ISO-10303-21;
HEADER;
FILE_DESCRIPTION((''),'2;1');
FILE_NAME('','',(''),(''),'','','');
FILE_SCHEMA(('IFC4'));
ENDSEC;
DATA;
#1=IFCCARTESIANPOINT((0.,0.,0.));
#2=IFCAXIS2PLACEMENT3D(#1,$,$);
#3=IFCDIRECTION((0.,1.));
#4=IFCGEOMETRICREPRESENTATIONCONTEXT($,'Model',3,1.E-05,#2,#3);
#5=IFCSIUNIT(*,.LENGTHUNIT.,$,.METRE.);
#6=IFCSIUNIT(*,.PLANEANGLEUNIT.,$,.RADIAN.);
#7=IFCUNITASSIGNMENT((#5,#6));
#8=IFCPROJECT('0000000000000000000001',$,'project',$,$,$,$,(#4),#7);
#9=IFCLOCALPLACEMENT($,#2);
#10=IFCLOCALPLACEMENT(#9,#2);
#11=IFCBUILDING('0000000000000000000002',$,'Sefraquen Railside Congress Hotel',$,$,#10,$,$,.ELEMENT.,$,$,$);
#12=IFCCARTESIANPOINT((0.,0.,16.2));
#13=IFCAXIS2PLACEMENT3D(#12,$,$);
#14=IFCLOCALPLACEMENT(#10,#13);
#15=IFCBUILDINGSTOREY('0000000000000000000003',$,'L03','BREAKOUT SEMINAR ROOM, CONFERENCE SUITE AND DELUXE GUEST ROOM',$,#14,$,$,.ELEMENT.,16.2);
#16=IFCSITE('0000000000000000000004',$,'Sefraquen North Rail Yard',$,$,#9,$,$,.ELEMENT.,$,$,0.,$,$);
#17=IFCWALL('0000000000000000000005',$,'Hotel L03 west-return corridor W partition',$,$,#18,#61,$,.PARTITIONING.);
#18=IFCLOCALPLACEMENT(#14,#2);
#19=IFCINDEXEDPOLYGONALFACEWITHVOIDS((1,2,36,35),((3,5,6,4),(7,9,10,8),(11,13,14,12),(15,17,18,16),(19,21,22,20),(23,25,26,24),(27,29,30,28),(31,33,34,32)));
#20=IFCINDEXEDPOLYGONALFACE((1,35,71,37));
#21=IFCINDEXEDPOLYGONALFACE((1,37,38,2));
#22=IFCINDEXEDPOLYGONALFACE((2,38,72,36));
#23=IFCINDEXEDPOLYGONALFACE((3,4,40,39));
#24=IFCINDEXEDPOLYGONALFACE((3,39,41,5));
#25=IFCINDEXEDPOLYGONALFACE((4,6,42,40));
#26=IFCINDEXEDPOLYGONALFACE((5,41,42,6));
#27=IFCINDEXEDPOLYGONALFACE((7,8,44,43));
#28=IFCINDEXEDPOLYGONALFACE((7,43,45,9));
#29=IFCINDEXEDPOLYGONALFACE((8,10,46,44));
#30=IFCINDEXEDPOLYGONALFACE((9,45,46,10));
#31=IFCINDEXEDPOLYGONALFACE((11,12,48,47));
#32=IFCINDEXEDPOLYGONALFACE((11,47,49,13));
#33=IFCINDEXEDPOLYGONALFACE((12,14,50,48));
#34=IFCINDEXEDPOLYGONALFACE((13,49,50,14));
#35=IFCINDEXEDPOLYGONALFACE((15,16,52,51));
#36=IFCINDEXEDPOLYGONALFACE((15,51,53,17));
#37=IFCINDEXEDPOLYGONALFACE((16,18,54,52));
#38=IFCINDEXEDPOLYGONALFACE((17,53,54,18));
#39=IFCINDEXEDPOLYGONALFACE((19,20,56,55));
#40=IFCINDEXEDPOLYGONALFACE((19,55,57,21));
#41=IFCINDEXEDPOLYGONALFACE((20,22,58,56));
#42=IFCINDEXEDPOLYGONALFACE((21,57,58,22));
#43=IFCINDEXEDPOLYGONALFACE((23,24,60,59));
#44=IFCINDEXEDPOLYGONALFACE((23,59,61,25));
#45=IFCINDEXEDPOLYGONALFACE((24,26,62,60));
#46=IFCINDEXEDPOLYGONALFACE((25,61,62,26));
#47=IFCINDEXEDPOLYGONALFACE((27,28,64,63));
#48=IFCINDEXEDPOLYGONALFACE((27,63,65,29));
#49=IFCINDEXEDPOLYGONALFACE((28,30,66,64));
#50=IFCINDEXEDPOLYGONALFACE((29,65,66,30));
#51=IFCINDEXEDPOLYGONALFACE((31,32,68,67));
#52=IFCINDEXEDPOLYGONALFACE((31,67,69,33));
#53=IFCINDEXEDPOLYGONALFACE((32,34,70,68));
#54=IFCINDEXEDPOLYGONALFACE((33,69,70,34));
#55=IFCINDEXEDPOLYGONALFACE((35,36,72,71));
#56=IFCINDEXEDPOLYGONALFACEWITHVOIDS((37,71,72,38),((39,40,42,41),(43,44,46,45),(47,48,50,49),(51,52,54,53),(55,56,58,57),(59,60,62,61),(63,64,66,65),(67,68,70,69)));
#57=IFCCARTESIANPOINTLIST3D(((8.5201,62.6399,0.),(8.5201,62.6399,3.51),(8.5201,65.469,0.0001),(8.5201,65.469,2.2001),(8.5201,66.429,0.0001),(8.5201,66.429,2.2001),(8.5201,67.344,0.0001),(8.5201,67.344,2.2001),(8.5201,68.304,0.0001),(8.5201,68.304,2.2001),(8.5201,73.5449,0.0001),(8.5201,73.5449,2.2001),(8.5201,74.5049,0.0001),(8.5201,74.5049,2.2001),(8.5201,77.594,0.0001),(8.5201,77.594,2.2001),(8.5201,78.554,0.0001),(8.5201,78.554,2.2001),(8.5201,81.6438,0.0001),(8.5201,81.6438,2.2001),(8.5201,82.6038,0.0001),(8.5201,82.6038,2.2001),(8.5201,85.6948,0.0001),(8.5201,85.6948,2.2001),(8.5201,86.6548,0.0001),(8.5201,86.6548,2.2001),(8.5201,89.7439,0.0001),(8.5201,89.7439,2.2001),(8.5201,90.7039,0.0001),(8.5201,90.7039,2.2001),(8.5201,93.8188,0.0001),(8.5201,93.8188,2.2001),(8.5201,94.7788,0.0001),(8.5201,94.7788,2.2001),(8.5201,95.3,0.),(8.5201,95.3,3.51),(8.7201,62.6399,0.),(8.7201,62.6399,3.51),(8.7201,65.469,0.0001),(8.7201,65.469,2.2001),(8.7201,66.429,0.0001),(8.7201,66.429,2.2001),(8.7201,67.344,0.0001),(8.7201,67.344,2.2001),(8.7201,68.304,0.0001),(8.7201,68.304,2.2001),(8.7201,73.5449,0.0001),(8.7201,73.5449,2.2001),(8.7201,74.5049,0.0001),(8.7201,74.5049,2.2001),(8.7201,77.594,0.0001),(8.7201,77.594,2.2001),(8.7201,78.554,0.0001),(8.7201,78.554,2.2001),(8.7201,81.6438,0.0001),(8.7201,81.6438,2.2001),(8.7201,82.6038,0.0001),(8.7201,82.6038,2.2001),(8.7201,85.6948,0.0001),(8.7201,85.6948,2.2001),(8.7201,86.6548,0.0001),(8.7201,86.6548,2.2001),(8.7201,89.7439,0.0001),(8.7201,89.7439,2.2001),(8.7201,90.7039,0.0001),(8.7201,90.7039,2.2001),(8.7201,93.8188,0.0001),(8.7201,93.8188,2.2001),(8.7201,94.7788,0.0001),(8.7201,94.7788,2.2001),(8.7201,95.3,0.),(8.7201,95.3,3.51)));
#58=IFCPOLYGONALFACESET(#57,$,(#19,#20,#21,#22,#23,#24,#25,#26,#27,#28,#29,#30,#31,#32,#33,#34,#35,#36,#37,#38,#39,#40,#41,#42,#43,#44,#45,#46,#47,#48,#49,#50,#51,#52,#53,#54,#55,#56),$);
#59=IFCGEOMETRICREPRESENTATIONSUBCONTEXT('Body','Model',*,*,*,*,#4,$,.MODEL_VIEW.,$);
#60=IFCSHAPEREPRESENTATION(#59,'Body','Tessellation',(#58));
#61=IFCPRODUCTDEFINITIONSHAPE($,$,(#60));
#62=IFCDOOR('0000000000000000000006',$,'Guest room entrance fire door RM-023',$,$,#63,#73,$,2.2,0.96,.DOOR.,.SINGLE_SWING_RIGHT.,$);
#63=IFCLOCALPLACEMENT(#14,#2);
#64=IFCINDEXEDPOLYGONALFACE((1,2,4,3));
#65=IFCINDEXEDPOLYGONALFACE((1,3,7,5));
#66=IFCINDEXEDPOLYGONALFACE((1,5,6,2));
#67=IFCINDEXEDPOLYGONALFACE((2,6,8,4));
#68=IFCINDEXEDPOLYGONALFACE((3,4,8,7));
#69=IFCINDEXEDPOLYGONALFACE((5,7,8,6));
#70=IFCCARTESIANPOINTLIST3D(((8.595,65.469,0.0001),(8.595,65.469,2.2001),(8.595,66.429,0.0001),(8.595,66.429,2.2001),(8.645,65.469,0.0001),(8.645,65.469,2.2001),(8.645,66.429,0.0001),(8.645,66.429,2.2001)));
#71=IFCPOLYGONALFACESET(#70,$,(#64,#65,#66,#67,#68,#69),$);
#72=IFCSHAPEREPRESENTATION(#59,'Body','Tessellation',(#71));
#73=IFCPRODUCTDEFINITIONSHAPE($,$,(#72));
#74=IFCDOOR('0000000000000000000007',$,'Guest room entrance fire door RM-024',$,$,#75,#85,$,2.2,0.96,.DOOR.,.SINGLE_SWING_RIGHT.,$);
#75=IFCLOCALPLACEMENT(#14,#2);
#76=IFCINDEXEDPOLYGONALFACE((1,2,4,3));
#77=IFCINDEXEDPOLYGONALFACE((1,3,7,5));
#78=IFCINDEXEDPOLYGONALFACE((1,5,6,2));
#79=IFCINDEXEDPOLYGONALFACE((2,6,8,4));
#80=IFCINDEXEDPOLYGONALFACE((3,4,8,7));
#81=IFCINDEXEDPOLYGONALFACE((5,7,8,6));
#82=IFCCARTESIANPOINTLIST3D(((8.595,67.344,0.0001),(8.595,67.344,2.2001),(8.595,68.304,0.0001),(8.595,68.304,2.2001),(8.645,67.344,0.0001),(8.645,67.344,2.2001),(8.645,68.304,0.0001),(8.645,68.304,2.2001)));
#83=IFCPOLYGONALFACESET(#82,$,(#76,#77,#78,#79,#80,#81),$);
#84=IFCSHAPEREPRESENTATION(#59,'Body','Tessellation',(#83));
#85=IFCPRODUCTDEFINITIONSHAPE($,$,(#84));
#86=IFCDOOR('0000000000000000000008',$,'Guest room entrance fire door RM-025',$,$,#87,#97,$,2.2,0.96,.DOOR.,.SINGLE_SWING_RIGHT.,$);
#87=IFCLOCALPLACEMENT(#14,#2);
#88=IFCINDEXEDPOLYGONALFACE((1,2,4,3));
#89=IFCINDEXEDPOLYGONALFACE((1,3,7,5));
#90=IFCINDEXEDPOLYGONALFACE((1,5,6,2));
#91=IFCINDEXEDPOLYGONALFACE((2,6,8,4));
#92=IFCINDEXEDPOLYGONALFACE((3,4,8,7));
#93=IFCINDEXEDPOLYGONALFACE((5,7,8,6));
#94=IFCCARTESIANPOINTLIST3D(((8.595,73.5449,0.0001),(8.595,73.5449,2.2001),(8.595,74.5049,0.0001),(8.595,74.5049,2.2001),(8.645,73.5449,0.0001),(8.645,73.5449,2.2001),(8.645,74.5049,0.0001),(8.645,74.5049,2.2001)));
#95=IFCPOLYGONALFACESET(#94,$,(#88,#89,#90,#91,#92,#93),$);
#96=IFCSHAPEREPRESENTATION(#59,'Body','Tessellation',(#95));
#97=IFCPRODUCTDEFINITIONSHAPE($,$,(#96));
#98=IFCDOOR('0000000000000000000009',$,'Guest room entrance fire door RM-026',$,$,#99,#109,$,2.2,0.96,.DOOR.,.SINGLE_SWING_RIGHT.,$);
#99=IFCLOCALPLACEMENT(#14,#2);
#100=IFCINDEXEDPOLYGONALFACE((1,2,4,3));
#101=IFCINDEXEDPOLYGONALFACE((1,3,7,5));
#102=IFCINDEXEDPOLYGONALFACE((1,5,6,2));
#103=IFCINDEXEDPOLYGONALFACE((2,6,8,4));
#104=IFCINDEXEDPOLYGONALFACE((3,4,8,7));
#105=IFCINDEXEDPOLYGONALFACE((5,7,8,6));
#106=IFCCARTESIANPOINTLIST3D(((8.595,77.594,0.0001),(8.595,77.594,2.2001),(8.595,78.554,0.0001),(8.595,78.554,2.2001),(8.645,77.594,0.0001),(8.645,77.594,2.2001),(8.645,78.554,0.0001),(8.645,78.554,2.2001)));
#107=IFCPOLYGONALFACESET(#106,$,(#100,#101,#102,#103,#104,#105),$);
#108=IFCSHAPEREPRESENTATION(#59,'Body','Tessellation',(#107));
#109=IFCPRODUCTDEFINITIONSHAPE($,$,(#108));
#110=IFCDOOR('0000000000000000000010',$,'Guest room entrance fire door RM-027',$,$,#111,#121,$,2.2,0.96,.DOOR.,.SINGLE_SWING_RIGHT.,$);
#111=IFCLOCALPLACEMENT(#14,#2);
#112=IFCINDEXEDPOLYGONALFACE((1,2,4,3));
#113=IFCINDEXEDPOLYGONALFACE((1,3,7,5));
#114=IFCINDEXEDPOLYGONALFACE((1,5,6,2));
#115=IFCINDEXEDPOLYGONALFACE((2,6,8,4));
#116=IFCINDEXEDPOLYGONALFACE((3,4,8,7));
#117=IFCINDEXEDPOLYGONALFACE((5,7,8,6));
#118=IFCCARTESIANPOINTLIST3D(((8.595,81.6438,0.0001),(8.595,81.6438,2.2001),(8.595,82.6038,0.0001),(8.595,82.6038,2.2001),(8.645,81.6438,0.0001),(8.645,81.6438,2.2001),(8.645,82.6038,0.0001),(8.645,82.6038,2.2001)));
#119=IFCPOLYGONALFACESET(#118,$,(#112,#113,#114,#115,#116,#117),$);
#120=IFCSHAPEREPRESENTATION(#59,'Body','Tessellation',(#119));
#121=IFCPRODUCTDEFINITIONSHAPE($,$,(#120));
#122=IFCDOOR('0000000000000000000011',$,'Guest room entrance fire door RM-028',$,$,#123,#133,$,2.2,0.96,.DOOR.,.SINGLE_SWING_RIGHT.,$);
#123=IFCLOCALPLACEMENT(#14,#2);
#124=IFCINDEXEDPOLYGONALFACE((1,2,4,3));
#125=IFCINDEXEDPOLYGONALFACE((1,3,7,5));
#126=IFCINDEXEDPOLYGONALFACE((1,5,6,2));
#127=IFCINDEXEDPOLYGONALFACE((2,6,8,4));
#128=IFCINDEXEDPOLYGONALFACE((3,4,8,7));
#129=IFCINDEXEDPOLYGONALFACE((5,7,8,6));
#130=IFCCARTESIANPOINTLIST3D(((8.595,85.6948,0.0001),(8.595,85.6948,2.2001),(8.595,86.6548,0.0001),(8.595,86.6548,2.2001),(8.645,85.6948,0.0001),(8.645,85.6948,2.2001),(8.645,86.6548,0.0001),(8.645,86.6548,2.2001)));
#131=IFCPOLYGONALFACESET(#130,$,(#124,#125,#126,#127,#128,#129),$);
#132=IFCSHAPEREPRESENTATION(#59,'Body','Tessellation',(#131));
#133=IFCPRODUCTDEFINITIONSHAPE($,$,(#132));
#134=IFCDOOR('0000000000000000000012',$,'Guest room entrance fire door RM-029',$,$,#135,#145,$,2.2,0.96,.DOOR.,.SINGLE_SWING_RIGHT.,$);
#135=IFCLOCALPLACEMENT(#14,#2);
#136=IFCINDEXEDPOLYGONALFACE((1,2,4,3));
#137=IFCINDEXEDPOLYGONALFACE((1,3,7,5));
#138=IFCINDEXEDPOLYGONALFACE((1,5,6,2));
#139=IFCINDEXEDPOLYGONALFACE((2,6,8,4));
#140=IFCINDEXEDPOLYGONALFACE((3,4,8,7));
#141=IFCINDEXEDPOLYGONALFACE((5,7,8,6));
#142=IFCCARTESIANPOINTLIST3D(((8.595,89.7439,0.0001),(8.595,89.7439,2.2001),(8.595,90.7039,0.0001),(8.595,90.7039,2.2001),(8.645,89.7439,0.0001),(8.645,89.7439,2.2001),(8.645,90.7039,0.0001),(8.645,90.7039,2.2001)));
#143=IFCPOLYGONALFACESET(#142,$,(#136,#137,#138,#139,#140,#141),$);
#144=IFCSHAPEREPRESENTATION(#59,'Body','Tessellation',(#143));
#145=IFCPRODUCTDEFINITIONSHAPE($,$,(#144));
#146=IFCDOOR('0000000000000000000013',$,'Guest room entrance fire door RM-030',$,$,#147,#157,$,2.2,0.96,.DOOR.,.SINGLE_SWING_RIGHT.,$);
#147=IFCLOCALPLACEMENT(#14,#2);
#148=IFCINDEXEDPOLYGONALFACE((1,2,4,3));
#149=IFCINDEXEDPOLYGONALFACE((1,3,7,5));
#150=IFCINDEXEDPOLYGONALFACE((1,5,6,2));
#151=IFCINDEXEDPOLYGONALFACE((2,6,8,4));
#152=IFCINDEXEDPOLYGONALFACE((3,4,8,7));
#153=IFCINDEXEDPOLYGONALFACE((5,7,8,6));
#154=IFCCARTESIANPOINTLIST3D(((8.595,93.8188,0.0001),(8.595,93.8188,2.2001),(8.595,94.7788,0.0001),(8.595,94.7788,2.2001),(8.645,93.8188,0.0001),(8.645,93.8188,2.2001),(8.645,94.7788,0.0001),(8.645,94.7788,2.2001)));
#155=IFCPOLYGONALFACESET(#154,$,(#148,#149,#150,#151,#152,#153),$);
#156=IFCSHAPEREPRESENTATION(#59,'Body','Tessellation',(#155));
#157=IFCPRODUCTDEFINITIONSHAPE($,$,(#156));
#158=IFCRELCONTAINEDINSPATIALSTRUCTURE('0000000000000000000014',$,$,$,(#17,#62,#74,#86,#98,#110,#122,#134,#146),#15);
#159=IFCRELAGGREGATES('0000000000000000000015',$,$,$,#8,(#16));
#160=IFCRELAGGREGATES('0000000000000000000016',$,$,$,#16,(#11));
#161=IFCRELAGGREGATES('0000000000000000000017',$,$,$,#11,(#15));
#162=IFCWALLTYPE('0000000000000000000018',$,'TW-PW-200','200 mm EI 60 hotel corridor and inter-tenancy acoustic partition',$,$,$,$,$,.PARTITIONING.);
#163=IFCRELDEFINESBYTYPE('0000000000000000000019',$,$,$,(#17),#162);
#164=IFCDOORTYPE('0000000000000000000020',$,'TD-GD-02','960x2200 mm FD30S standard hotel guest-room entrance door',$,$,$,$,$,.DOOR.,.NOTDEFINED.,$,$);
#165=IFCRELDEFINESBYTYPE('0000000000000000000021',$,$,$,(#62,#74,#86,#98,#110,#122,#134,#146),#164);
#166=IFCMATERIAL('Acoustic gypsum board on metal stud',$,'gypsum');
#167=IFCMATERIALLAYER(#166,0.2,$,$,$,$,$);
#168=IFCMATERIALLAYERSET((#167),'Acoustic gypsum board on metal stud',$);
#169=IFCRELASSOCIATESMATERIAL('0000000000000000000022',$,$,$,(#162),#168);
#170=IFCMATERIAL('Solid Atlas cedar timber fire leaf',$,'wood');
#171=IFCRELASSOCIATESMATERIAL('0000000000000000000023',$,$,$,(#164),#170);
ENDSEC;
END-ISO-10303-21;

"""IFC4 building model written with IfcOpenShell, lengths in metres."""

from ifc_helpers import new_model, si_unit, direction, frame, frame_2d, origin, place, context, subcontext, project, spatial, rectangle, extrude, material, layer, layer_set, type_object, element, fill, save


model = new_model("IFC4")

# Units and contexts
model_context = context("Model", 3, precision=1e-05, world=origin(), true_north=direction((0.0, 1.0)))
body_context = subcontext(model_context, "Body", "Model", "MODEL_VIEW")
ifc_project = project(units=[si_unit("LENGTHUNIT", "METRE"), si_unit("PLANEANGLEUNIT", "RADIAN")], contexts=[model_context])

# Site, building, storey
site_placement = place(None, origin())
site = spatial("IfcSite", under=ifc_project, at=site_placement, Name="Sefraquen North Rail Yard", CompositionType="ELEMENT", RefElevation=0.0)
building_placement = place(site_placement, origin())
building = spatial("IfcBuilding", under=site, at=building_placement, Name="Sefraquen Railside Congress Hotel", CompositionType="ELEMENT")
storey_placement = place(building_placement, frame((0.0, 0.0, 16.2)))
storey = spatial("IfcBuildingStorey", under=building, at=storey_placement, Name="L03", Description="BREAKOUT SEMINAR ROOM, CONFERENCE SUITE AND DELUXE GUEST ROOM", CompositionType="ELEMENT", Elevation=16.2)

# Wall, openings, doors
ifc_material_1 = material(Name="Acoustic gypsum board on metal stud", Category="gypsum")
ifc_layer_1 = layer(ifc_material_1, 0.2)
ifc_layer_set_1 = layer_set([ifc_layer_1], Name="Acoustic gypsum board on metal stud")
wall_type_1 = type_object("IfcWallType", Name="TW-PW-200", Description="200 mm EI 60 hotel corridor and inter-tenancy acoustic partition", PredefinedType="PARTITIONING", material=ifc_layer_set_1)
wall_1_placement = place(storey_placement, frame((8.6201, 62.6399, 0.0), z_axis=(0.0, 0.0, 1.0), x_axis=(0.0, 1.0, 0.0)))
wall_1 = element("IfcWall", 1, at=wall_1_placement, inside=storey, type_object=wall_type_1, Name="Hotel L03 west-return corridor W partition", PredefinedType="PARTITIONING", context=body_context, shape_type="SweptSolid", body=[
    extrude(rectangle(XDim=32.6602, YDim=0.2, at=frame_2d((16.3301, 0.0))), origin(), (0.0, 0.0, 1.0), 3.51),
])
opening_1_placement = place(wall_1_placement, frame((2.8291, 0.0, 0.0)))
opening_1 = element("IfcOpeningElement", 2, at=opening_1_placement, cuts=wall_1, PredefinedType="OPENING", context=body_context, shape_type="SweptSolid", body=[
    extrude(rectangle(XDim=0.96, YDim=2.2, at=frame_2d((0.48, 1.1001))), frame((0.0, 0.1099, 0.0), z_axis=(0.0, -1.0, 0.0), x_axis=(1.0, 0.0, 0.0)), (0.0, 0.0, 1.0), 0.22),
])
opening_2_placement = place(wall_1_placement, frame((4.7041, 0.0, 0.0)))
opening_2 = element("IfcOpeningElement", 3, at=opening_2_placement, cuts=wall_1, PredefinedType="OPENING", context=body_context, shape_type="SweptSolid", body=[
    extrude(rectangle(XDim=0.96, YDim=2.2, at=frame_2d((0.48, 1.1001))), frame((0.0, 0.1099, 0.0), z_axis=(0.0, -1.0, 0.0), x_axis=(1.0, 0.0, 0.0)), (0.0, 0.0, 1.0), 0.22),
])
opening_3_placement = place(wall_1_placement, frame((10.905, 0.0, 0.0)))
opening_3 = element("IfcOpeningElement", 4, at=opening_3_placement, cuts=wall_1, PredefinedType="OPENING", context=body_context, shape_type="SweptSolid", body=[
    extrude(rectangle(XDim=0.96, YDim=2.2, at=frame_2d((0.48, 1.1001))), frame((0.0, 0.1099, 0.0), z_axis=(0.0, -1.0, 0.0), x_axis=(1.0, 0.0, 0.0)), (0.0, 0.0, 1.0), 0.22),
])
opening_4_placement = place(wall_1_placement, frame((14.9541, 0.0, 0.0)))
opening_4 = element("IfcOpeningElement", 5, at=opening_4_placement, cuts=wall_1, PredefinedType="OPENING", context=body_context, shape_type="SweptSolid", body=[
    extrude(rectangle(XDim=0.96, YDim=2.2, at=frame_2d((0.48, 1.1001))), frame((0.0, 0.1099, 0.0), z_axis=(0.0, -1.0, 0.0), x_axis=(1.0, 0.0, 0.0)), (0.0, 0.0, 1.0), 0.22),
])
opening_5_placement = place(wall_1_placement, frame((19.0039, 0.0, 0.0)))
opening_5 = element("IfcOpeningElement", 6, at=opening_5_placement, cuts=wall_1, PredefinedType="OPENING", context=body_context, shape_type="SweptSolid", body=[
    extrude(rectangle(XDim=0.96, YDim=2.2, at=frame_2d((0.48, 1.1001))), frame((0.0, 0.1099, 0.0), z_axis=(0.0, -1.0, 0.0), x_axis=(1.0, 0.0, 0.0)), (0.0, 0.0, 1.0), 0.22),
])
opening_6_placement = place(wall_1_placement, frame((23.0549, 0.0, 0.0)))
opening_6 = element("IfcOpeningElement", 7, at=opening_6_placement, cuts=wall_1, PredefinedType="OPENING", context=body_context, shape_type="SweptSolid", body=[
    extrude(rectangle(XDim=0.96, YDim=2.2, at=frame_2d((0.48, 1.1001))), frame((0.0, 0.1099, 0.0), z_axis=(0.0, -1.0, 0.0), x_axis=(1.0, 0.0, 0.0)), (0.0, 0.0, 1.0), 0.22),
])
opening_7_placement = place(wall_1_placement, frame((27.104, 0.0, 0.0)))
opening_7 = element("IfcOpeningElement", 8, at=opening_7_placement, cuts=wall_1, PredefinedType="OPENING", context=body_context, shape_type="SweptSolid", body=[
    extrude(rectangle(XDim=0.96, YDim=2.2, at=frame_2d((0.48, 1.1001))), frame((0.0, 0.1099, 0.0), z_axis=(0.0, -1.0, 0.0), x_axis=(1.0, 0.0, 0.0)), (0.0, 0.0, 1.0), 0.22),
])
opening_8_placement = place(wall_1_placement, frame((31.179, 0.0, 0.0)))
opening_8 = element("IfcOpeningElement", 9, at=opening_8_placement, cuts=wall_1, PredefinedType="OPENING", context=body_context, shape_type="SweptSolid", body=[
    extrude(rectangle(XDim=0.96, YDim=2.2, at=frame_2d((0.48, 1.1001))), frame((0.0, 0.1099, 0.0), z_axis=(0.0, -1.0, 0.0), x_axis=(1.0, 0.0, 0.0)), (0.0, 0.0, 1.0), 0.22),
])
ifc_material_2 = material(Name="Solid Atlas cedar timber fire leaf", Category="wood")
door_type_1 = type_object("IfcDoorType", Name="TD-GD-02", Description="960x2200 mm FD30S standard hotel guest-room entrance door", OperationType="NOTDEFINED", PredefinedType="DOOR", material=ifc_material_2)
door_1_placement = place(opening_1_placement, frame((0.96, 0.0, 0.0), z_axis=(0.0, 0.0, 1.0), x_axis=(-1.0, 0.0, 0.0)))
door_1 = element("IfcDoor", 10, at=door_1_placement, inside=storey, type_object=door_type_1, Name="Guest room entrance fire door RM-023", OperationType="SINGLE_SWING_RIGHT", OverallHeight=2.2, OverallWidth=0.96, PredefinedType="DOOR", context=body_context, shape_type="SweptSolid", body=[
    extrude(rectangle(XDim=0.96, YDim=2.2, at=frame_2d((0.48, 1.1001))), frame((0.0, 0.0249, 0.0), z_axis=(0.0, -1.0, 0.0), x_axis=(1.0, 0.0, 0.0)), (0.0, 0.0, 1.0), 0.05),
])
fill(opening_1, door_1)
door_2_placement = place(opening_2_placement, frame((0.96, 0.0, 0.0), z_axis=(0.0, 0.0, 1.0), x_axis=(-1.0, 0.0, 0.0)))
door_2 = element("IfcDoor", 11, at=door_2_placement, inside=storey, type_object=door_type_1, Name="Guest room entrance fire door RM-024", OperationType="SINGLE_SWING_RIGHT", OverallHeight=2.2, OverallWidth=0.96, PredefinedType="DOOR", context=body_context, shape_type="SweptSolid", body=[
    extrude(rectangle(XDim=0.96, YDim=2.2, at=frame_2d((0.48, 1.1001))), frame((0.0, 0.0249, 0.0), z_axis=(0.0, -1.0, 0.0), x_axis=(1.0, 0.0, 0.0)), (0.0, 0.0, 1.0), 0.05),
])
fill(opening_2, door_2)
door_3_placement = place(opening_3_placement, frame((0.96, 0.0, 0.0), z_axis=(0.0, 0.0, 1.0), x_axis=(-1.0, 0.0, 0.0)))
door_3 = element("IfcDoor", 12, at=door_3_placement, inside=storey, type_object=door_type_1, Name="Guest room entrance fire door RM-025", OperationType="SINGLE_SWING_RIGHT", OverallHeight=2.2, OverallWidth=0.96, PredefinedType="DOOR", context=body_context, shape_type="SweptSolid", body=[
    extrude(rectangle(XDim=0.96, YDim=2.2, at=frame_2d((0.48, 1.1001))), frame((0.0, 0.0249, 0.0), z_axis=(0.0, -1.0, 0.0), x_axis=(1.0, 0.0, 0.0)), (0.0, 0.0, 1.0), 0.05),
])
fill(opening_3, door_3)
door_4_placement = place(opening_4_placement, frame((0.96, 0.0, 0.0), z_axis=(0.0, 0.0, 1.0), x_axis=(-1.0, 0.0, 0.0)))
door_4 = element("IfcDoor", 13, at=door_4_placement, inside=storey, type_object=door_type_1, Name="Guest room entrance fire door RM-026", OperationType="SINGLE_SWING_RIGHT", OverallHeight=2.2, OverallWidth=0.96, PredefinedType="DOOR", context=body_context, shape_type="SweptSolid", body=[
    extrude(rectangle(XDim=0.96, YDim=2.2, at=frame_2d((0.48, 1.1001))), frame((0.0, 0.0249, 0.0), z_axis=(0.0, -1.0, 0.0), x_axis=(1.0, 0.0, 0.0)), (0.0, 0.0, 1.0), 0.05),
])
fill(opening_4, door_4)
door_5_placement = place(opening_5_placement, frame((0.96, 0.0, 0.0), z_axis=(0.0, 0.0, 1.0), x_axis=(-1.0, 0.0, 0.0)))
door_5 = element("IfcDoor", 14, at=door_5_placement, inside=storey, type_object=door_type_1, Name="Guest room entrance fire door RM-027", OperationType="SINGLE_SWING_RIGHT", OverallHeight=2.2, OverallWidth=0.96, PredefinedType="DOOR", context=body_context, shape_type="SweptSolid", body=[
    extrude(rectangle(XDim=0.96, YDim=2.2, at=frame_2d((0.48, 1.1001))), frame((0.0, 0.0249, 0.0), z_axis=(0.0, -1.0, 0.0), x_axis=(1.0, 0.0, 0.0)), (0.0, 0.0, 1.0), 0.05),
])
fill(opening_5, door_5)
door_6_placement = place(opening_6_placement, frame((0.96, 0.0, 0.0), z_axis=(0.0, 0.0, 1.0), x_axis=(-1.0, 0.0, 0.0)))
door_6 = element("IfcDoor", 15, at=door_6_placement, inside=storey, type_object=door_type_1, Name="Guest room entrance fire door RM-028", OperationType="SINGLE_SWING_RIGHT", OverallHeight=2.2, OverallWidth=0.96, PredefinedType="DOOR", context=body_context, shape_type="SweptSolid", body=[
    extrude(rectangle(XDim=0.96, YDim=2.2, at=frame_2d((0.48, 1.1001))), frame((0.0, 0.0249, 0.0), z_axis=(0.0, -1.0, 0.0), x_axis=(1.0, 0.0, 0.0)), (0.0, 0.0, 1.0), 0.05),
])
fill(opening_6, door_6)
door_7_placement = place(opening_7_placement, frame((0.96, 0.0, 0.0), z_axis=(0.0, 0.0, 1.0), x_axis=(-1.0, 0.0, 0.0)))
door_7 = element("IfcDoor", 16, at=door_7_placement, inside=storey, type_object=door_type_1, Name="Guest room entrance fire door RM-029", OperationType="SINGLE_SWING_RIGHT", OverallHeight=2.2, OverallWidth=0.96, PredefinedType="DOOR", context=body_context, shape_type="SweptSolid", body=[
    extrude(rectangle(XDim=0.96, YDim=2.2, at=frame_2d((0.48, 1.1001))), frame((0.0, 0.0249, 0.0), z_axis=(0.0, -1.0, 0.0), x_axis=(1.0, 0.0, 0.0)), (0.0, 0.0, 1.0), 0.05),
])
fill(opening_7, door_7)
door_8_placement = place(opening_8_placement, frame((0.96, 0.0, 0.0), z_axis=(0.0, 0.0, 1.0), x_axis=(-1.0, 0.0, 0.0)))
door_8 = element("IfcDoor", 17, at=door_8_placement, inside=storey, type_object=door_type_1, Name="Guest room entrance fire door RM-030", OperationType="SINGLE_SWING_RIGHT", OverallHeight=2.2, OverallWidth=0.96, PredefinedType="DOOR", context=body_context, shape_type="SweptSolid", body=[
    extrude(rectangle(XDim=0.96, YDim=2.2, at=frame_2d((0.48, 1.1001))), frame((0.0, 0.0249, 0.0), z_axis=(0.0, -1.0, 0.0), x_axis=(1.0, 0.0, 0.0)), (0.0, 0.0, 1.0), 0.05),
])
fill(opening_8, door_8)

save(model, "model.ifc")
